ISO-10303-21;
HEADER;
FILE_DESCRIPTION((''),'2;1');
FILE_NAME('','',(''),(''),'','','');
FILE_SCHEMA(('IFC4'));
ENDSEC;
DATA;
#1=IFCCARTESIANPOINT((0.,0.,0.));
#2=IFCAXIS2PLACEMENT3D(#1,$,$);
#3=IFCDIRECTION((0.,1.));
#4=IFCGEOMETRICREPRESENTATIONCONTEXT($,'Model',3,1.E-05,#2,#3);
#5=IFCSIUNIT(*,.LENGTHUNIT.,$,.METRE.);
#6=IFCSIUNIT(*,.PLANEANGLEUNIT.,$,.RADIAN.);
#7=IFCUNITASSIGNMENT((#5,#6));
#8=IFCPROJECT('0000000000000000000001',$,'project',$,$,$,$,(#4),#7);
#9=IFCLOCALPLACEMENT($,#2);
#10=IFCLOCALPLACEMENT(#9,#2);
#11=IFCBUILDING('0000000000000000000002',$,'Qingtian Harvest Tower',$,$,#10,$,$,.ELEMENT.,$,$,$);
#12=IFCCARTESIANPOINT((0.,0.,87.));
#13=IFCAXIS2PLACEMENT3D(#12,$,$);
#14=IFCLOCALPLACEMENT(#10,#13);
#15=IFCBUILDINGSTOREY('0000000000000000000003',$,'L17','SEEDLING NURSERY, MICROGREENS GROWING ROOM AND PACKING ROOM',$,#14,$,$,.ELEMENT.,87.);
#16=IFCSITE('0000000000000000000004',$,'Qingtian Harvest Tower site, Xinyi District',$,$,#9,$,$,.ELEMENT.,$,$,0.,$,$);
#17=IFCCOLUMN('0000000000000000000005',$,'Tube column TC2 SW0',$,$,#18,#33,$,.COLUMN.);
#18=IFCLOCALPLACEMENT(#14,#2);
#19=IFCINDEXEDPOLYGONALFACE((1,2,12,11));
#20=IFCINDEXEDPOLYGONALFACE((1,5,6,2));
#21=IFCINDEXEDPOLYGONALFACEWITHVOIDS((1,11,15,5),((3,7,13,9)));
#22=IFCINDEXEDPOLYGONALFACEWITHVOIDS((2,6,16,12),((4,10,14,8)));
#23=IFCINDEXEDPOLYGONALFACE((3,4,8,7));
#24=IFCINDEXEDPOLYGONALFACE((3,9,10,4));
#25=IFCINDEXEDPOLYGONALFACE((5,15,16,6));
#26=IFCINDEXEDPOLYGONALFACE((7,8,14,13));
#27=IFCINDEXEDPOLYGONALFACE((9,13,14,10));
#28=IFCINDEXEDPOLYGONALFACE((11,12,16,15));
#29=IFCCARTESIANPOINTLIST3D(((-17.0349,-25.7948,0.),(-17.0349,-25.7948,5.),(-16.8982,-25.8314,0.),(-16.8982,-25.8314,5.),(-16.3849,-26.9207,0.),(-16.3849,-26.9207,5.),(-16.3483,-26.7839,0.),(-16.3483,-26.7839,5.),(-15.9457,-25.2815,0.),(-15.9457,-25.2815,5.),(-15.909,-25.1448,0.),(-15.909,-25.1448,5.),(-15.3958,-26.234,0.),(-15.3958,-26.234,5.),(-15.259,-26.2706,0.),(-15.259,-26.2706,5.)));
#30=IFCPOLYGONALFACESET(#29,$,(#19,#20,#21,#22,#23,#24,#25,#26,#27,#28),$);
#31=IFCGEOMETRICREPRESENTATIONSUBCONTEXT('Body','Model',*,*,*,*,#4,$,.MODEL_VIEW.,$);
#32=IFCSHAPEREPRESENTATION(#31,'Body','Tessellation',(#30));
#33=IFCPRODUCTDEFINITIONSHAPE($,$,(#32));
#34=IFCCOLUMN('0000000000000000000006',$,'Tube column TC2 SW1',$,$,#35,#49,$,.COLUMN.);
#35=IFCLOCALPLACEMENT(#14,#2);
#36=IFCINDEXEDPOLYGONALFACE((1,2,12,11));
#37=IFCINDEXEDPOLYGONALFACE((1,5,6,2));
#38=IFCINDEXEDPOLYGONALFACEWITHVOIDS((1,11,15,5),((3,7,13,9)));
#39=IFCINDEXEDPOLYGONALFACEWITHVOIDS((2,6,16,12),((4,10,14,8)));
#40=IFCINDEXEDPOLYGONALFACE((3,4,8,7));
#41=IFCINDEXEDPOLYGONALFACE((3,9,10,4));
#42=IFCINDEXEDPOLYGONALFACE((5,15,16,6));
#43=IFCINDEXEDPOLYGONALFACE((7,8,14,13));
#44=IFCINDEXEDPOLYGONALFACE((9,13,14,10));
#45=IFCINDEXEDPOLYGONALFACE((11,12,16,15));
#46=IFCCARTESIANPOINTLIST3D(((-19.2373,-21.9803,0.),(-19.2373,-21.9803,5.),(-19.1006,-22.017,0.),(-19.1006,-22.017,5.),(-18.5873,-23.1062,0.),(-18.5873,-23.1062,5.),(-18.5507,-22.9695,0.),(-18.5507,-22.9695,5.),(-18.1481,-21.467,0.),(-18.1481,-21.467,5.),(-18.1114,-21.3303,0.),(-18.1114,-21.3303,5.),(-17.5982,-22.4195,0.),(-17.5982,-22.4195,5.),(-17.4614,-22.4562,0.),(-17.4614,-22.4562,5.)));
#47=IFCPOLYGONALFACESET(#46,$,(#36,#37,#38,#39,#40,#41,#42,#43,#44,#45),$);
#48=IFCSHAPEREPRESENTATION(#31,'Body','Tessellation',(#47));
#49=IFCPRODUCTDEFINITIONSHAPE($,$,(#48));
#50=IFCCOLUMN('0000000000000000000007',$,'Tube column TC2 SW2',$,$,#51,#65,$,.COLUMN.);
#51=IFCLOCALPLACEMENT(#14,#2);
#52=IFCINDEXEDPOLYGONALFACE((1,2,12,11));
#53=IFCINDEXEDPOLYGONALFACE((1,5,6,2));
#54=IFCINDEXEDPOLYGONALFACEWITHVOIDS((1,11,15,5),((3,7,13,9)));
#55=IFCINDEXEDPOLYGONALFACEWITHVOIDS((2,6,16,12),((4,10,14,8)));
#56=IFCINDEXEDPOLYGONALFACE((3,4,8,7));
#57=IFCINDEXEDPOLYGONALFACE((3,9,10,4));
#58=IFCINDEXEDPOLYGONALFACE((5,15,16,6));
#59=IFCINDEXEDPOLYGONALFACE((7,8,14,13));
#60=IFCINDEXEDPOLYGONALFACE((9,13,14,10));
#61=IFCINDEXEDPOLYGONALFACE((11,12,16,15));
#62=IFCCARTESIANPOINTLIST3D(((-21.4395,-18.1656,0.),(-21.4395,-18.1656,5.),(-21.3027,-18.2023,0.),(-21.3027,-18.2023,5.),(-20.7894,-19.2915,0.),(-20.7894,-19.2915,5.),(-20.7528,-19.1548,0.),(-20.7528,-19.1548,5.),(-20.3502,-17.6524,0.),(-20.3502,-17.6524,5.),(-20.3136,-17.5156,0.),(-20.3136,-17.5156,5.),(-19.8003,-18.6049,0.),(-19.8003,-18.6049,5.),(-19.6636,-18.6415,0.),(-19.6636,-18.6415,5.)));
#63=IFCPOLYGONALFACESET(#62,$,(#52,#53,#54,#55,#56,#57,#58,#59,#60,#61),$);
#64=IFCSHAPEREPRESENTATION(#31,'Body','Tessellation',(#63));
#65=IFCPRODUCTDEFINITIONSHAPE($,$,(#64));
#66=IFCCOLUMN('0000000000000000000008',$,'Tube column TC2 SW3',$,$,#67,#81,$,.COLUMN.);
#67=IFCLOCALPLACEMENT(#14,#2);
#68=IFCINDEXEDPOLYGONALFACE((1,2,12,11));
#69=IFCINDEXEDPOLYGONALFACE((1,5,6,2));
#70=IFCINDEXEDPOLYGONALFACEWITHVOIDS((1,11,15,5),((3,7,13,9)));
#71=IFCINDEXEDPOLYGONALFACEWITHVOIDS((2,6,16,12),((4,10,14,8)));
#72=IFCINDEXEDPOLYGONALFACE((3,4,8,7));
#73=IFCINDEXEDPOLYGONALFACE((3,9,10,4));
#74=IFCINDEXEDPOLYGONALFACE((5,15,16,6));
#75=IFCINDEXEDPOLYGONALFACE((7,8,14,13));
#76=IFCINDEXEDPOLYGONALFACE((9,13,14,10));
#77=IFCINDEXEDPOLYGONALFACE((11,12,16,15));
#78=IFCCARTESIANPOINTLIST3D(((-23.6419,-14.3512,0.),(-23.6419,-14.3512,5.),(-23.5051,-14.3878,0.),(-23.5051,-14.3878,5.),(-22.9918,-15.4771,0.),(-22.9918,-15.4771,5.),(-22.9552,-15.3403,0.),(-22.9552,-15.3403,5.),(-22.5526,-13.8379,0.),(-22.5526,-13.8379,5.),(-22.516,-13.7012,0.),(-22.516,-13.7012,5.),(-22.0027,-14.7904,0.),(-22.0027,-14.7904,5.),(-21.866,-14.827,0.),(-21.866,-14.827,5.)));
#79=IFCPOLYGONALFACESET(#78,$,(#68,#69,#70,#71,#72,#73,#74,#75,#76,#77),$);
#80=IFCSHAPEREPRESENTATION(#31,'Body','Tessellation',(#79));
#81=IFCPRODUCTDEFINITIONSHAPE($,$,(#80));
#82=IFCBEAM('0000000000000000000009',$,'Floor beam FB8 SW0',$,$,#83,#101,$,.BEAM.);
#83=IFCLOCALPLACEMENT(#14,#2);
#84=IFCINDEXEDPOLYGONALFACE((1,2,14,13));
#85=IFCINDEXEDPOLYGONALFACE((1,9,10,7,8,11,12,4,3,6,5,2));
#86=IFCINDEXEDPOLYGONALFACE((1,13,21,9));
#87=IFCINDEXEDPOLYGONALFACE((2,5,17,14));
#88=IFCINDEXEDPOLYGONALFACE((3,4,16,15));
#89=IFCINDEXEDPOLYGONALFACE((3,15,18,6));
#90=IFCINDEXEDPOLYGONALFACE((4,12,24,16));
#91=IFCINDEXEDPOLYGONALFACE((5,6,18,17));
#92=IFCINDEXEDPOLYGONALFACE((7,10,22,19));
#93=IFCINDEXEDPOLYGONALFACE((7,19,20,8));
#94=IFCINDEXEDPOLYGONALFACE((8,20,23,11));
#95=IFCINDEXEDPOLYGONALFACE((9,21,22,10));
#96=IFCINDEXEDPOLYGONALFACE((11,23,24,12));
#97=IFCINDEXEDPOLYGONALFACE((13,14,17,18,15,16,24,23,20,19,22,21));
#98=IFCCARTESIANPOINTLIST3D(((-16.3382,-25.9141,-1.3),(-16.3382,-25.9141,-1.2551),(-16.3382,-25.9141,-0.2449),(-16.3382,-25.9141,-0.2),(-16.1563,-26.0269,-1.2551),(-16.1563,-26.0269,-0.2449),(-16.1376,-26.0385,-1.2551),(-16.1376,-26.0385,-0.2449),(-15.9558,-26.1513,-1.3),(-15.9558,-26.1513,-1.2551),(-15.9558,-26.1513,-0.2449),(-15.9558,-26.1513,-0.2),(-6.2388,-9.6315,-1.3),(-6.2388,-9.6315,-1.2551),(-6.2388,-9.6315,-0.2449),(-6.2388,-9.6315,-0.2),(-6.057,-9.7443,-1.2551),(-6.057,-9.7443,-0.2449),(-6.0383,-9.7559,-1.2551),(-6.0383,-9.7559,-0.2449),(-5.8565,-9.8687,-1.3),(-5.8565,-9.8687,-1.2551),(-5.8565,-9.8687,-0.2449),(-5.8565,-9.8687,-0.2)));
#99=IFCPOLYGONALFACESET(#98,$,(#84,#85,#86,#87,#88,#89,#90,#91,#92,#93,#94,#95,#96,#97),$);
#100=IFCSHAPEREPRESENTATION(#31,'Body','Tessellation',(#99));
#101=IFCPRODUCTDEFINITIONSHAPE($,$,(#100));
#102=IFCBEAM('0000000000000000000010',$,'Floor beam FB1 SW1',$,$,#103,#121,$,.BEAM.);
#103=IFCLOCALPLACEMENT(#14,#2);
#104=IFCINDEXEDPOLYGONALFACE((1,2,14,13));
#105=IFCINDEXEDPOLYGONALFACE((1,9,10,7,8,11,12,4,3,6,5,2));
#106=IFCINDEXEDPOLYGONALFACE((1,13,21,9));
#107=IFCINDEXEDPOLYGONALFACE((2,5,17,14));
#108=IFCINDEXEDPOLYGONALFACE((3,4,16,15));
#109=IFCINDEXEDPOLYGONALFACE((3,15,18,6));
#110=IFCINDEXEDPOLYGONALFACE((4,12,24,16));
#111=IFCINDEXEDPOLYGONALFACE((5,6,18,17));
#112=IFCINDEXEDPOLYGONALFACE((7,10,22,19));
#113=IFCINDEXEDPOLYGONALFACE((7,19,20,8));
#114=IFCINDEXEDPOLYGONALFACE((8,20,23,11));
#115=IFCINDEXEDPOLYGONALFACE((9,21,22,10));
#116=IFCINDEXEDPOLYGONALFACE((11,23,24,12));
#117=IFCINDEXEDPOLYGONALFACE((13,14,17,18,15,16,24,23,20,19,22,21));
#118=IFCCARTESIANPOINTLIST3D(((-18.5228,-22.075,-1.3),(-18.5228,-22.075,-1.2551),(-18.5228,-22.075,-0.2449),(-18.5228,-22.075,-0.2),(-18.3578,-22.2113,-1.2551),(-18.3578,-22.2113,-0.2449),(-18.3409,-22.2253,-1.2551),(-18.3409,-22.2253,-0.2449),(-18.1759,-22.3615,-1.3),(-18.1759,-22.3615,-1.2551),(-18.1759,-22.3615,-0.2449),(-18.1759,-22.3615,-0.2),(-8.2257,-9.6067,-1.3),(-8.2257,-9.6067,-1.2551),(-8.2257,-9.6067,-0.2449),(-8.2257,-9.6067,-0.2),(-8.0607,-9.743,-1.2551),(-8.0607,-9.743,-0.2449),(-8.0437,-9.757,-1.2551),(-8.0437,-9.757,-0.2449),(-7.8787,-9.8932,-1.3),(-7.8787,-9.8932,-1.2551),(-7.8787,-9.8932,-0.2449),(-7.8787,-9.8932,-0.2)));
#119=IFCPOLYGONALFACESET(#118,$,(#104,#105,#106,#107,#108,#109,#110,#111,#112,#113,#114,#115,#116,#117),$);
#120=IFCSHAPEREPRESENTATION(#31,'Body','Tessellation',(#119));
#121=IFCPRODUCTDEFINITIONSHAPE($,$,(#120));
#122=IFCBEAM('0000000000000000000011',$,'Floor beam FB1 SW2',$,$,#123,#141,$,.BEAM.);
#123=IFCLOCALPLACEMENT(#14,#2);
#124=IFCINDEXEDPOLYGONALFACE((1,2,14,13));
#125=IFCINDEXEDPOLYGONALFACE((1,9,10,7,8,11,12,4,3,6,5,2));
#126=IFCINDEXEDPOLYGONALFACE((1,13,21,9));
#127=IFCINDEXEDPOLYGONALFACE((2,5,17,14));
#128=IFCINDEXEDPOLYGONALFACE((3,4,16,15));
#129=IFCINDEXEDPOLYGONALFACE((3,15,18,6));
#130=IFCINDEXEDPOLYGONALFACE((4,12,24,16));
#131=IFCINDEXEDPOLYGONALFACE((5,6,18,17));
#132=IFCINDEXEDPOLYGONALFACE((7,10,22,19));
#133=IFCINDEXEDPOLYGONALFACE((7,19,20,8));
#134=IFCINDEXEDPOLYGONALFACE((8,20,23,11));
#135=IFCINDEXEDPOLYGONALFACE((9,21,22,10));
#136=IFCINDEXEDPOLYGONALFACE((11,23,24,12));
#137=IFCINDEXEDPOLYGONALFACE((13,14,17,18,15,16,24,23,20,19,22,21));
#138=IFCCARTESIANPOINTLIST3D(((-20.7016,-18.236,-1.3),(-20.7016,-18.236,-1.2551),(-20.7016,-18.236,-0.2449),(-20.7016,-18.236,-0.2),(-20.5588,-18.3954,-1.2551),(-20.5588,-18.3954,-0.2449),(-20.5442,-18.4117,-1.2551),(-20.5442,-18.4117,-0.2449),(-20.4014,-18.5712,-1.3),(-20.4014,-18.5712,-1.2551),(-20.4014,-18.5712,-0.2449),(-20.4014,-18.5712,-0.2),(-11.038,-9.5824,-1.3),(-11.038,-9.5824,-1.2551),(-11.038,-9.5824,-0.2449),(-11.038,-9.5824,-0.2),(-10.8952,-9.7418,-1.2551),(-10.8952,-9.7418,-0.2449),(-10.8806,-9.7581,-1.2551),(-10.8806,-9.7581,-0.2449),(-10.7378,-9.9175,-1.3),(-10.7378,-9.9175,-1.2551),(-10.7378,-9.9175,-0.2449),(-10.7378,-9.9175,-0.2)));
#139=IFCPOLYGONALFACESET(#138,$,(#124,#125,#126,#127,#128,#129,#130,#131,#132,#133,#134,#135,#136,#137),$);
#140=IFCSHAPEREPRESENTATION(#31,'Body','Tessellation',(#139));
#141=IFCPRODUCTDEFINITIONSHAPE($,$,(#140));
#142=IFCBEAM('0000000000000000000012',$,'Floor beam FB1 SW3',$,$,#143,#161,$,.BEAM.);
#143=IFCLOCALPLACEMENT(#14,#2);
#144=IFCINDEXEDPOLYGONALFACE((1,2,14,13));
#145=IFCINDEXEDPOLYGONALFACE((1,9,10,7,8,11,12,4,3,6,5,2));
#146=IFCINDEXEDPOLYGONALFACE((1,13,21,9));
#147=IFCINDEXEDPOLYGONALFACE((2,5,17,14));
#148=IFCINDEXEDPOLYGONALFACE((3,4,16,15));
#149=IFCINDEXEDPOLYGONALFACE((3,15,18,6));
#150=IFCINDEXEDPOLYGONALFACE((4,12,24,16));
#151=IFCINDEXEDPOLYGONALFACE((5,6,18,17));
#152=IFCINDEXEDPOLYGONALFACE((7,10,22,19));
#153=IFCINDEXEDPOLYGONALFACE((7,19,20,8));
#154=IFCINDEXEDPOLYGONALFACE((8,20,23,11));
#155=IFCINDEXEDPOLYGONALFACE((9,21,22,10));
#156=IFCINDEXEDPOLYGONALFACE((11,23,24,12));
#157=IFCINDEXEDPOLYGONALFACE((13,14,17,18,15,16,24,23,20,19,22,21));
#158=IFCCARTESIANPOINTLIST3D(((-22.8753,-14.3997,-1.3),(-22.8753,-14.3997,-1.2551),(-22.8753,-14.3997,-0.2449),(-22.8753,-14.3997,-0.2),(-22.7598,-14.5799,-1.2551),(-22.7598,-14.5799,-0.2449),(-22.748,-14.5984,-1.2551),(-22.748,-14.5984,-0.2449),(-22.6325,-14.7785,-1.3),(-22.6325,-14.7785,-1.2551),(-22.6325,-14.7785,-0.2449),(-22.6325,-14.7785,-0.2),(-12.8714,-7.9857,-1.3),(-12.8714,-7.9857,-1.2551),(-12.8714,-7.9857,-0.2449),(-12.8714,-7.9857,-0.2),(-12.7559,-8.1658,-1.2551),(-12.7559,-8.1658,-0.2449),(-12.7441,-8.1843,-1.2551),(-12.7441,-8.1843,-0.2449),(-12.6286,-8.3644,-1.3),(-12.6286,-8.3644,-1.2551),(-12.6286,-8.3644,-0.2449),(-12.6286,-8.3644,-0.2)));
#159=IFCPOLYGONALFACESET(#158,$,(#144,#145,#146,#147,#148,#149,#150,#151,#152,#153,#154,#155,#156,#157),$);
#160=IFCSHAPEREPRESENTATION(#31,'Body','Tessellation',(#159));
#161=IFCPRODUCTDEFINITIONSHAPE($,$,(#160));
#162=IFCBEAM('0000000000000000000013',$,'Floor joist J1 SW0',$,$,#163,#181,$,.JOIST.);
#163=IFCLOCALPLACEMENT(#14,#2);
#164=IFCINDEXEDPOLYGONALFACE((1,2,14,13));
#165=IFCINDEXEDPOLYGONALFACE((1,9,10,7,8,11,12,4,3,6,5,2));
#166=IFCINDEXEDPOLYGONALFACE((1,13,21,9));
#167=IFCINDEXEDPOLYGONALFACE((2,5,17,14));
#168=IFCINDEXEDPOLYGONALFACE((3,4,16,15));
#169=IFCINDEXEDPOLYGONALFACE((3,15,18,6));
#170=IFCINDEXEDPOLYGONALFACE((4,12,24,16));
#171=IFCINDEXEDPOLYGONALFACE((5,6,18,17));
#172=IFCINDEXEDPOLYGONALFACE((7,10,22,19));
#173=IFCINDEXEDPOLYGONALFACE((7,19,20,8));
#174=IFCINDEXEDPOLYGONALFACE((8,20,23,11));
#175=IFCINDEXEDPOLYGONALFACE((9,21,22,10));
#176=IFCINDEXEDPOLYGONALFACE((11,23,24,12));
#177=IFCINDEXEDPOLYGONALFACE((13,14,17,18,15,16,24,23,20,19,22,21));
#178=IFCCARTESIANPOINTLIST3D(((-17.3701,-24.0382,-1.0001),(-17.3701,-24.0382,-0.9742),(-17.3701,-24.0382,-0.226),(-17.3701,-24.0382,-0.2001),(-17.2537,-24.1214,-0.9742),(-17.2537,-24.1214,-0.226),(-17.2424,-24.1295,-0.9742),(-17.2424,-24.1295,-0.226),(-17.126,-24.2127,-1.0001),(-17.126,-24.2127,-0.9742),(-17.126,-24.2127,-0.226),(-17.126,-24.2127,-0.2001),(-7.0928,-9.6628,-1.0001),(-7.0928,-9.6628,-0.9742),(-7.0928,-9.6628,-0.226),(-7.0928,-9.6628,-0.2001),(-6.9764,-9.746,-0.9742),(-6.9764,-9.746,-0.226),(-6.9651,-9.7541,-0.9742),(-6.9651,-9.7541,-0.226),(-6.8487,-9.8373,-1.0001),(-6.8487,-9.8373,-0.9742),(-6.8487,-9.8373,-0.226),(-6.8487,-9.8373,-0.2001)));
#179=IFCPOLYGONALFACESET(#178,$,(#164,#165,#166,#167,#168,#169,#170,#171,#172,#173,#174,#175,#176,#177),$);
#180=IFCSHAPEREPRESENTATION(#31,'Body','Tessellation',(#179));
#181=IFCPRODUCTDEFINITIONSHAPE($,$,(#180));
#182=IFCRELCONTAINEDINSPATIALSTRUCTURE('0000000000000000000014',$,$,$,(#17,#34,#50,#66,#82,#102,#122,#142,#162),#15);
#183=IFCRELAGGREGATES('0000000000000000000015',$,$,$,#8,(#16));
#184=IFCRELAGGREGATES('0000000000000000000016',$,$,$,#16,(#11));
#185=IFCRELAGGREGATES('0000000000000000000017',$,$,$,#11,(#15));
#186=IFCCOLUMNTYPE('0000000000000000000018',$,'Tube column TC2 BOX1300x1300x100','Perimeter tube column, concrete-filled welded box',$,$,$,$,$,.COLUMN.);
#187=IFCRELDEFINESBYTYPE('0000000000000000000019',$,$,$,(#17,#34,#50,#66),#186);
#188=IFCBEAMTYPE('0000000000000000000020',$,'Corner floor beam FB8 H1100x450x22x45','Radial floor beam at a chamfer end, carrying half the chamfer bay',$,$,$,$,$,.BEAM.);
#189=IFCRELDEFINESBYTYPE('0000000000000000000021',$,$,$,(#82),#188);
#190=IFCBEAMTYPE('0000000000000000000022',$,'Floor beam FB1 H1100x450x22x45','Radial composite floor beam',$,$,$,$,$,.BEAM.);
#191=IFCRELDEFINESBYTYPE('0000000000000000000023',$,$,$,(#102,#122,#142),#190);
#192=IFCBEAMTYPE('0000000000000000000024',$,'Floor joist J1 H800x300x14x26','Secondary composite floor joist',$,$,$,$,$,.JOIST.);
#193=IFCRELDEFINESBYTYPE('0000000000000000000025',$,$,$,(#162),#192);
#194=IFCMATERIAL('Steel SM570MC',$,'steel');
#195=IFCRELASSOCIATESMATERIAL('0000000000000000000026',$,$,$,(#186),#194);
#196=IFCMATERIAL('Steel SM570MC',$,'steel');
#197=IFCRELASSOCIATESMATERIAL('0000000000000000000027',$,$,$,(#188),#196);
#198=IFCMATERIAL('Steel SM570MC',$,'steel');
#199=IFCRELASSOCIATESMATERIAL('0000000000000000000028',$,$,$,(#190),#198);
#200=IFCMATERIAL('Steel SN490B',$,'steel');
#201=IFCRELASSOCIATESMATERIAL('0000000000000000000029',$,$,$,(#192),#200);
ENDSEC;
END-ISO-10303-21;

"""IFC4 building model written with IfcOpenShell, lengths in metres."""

from ifc_helpers import new_model, si_unit, direction, frame, origin, origin_2d, place, context, subcontext, project, spatial, hollow_rectangle, i_section, extrude, material, material_profile, profile_set, type_object, element, save


model = new_model("IFC4")

# Units and contexts
model_context = context("Model", 3, precision=1e-05, world=origin(), true_north=direction((0.0, 1.0)))
body_context = subcontext(model_context, "Body", "Model", "MODEL_VIEW")
ifc_project = project(units=[si_unit("LENGTHUNIT", "METRE"), si_unit("PLANEANGLEUNIT", "RADIAN")], contexts=[model_context])

# Site, building, storey
site_placement = place(None, origin())
site = spatial("IfcSite", under=ifc_project, at=site_placement, Name="Qingtian Harvest Tower site, Xinyi District", CompositionType="ELEMENT", RefElevation=0.0)
building_placement = place(site_placement, origin())
building = spatial("IfcBuilding", under=site, at=building_placement, Name="Qingtian Harvest Tower", CompositionType="ELEMENT")
storey_placement = place(building_placement, frame((0.0, 0.0, 87.0)))
storey = spatial("IfcBuildingStorey", under=building, at=storey_placement, Name="L17", Description="SEEDLING NURSERY, MICROGREENS GROWING ROOM AND PACKING ROOM", CompositionType="ELEMENT", Elevation=87.0)

# Columns
ifc_material_1 = material(Name="Steel SM570MC", Category="steel")
ifc_material_profile_1 = material_profile(ifc_material_1, hollow_rectangle(XDim=1.3, YDim=1.3, WallThickness=0.1001, at=origin_2d()), Name="BOX1300x1300x100")
ifc_profile_set_1 = profile_set([ifc_material_profile_1], Name="Steel SM570MC")
column_type = type_object("IfcColumnType", Name="Tube column TC2 BOX1300x1300x100", Description="Perimeter tube column, concrete-filled welded box", PredefinedType="COLUMN", material=ifc_profile_set_1)
for number, where, z_axis, x_axis, name in (
    (1, (-16.147, -26.0327, 0.0), (0.0, 0.0, 1.0), (0.5, -0.866025, 0.0), "Tube column TC2 SW0"),
    (2, (-18.3494, -22.2183, 0.0), (0.0, 0.0, 1.0), (0.5, -0.866025, 0.0), "Tube column TC2 SW1"),
    (3, (-20.5515, -18.4036, 0.0), (0.0, 0.0, 1.0), (0.5, -0.866025, 0.0), "Tube column TC2 SW2"),
    (4, (-22.7539, -14.5891, 0.0), (0.0, 0.0, 1.0), (0.5, -0.866025, 0.0), "Tube column TC2 SW3"),
):
    element("IfcColumn", number, at=place(storey_placement, frame(where, z_axis=z_axis, x_axis=x_axis)), inside=storey, type_object=column_type, Name=name, PredefinedType="COLUMN", context=body_context, shape_type="SweptSolid", body=[
        extrude(hollow_rectangle(XDim=1.3, YDim=1.3, WallThickness=0.1001, at=origin_2d()), origin(), (0.0, 0.0, 1.0), 5.0),
    ])

# Beams
ifc_material_2 = material(Name="Steel SM570MC", Category="steel")
ifc_material_profile_2 = material_profile(ifc_material_2, i_section(OverallWidth=0.45, OverallDepth=1.1001, WebThickness=0.022, FlangeThickness=0.0449, at=origin_2d()), Name="H1100x450x22x45")
ifc_profile_set_2 = profile_set([ifc_material_profile_2], Name="Steel SM570MC")
beam_type_1 = type_object("IfcBeamType", Name="Corner floor beam FB8 H1100x450x22x45", Description="Radial floor beam at a chamfer end, carrying half the chamfer bay", PredefinedType="BEAM", material=ifc_profile_set_2)
beam_1_placement = place(storey_placement, frame((-16.147, -26.0327, -0.75), z_axis=(0.527094, 0.849807, 0.0), x_axis=(-0.849807, 0.527094, 0.0)))
element("IfcBeam", 5, at=beam_1_placement, inside=storey, type_object=beam_type_1, Name="Floor beam FB8 SW0", PredefinedType="BEAM", context=body_context, shape_type="SweptSolid", body=[
    extrude(i_section(OverallWidth=0.45, OverallDepth=1.1001, WebThickness=0.022, FlangeThickness=0.0449, at=origin_2d()), origin(), (0.0, 0.0, 1.0), 19.1604),
])
ifc_material_3 = material(Name="Steel SM570MC", Category="steel")
ifc_material_profile_3 = material_profile(ifc_material_3, i_section(OverallWidth=0.45, OverallDepth=1.1001, WebThickness=0.022, FlangeThickness=0.0449, at=origin_2d()), Name="H1100x450x22x45")
ifc_profile_set_3 = profile_set([ifc_material_profile_3], Name="Steel SM570MC")
beam_type_2 = type_object("IfcBeamType", Name="Floor beam FB1 H1100x450x22x45", Description="Radial composite floor beam", PredefinedType="BEAM", material=ifc_profile_set_3)
beam_2_placement = place(storey_placement, frame((-18.3494, -22.2183, -0.75), z_axis=(0.63678, 0.771045, 0.0), x_axis=(-0.771045, 0.63678, 0.0)))
element("IfcBeam", 6, at=beam_2_placement, inside=storey, type_object=beam_type_2, Name="Floor beam FB1 SW1", PredefinedType="BEAM", context=body_context, shape_type="SweptSolid", body=[
    extrude(i_section(OverallWidth=0.45, OverallDepth=1.1001, WebThickness=0.022, FlangeThickness=0.0449, at=origin_2d()), origin(), (0.0, 0.0, 1.0), 16.1707),
])
beam_3_placement = place(storey_placement, frame((-20.5515, -18.4036, -0.75), z_axis=(0.744965, 0.667103, 0.0), x_axis=(-0.667103, 0.744965, 0.0)))
element("IfcBeam", 7, at=beam_3_placement, inside=storey, type_object=beam_type_2, Name="Floor beam FB1 SW2", PredefinedType="BEAM", context=body_context, shape_type="SweptSolid", body=[
    extrude(i_section(OverallWidth=0.45, OverallDepth=1.1001, WebThickness=0.022, FlangeThickness=0.0449, at=origin_2d()), origin(), (0.0, 0.0, 1.0), 12.9719),
])
beam_4_placement = place(storey_placement, frame((-22.7539, -14.5891, -0.75), z_axis=(0.841829, 0.539744, 0.0), x_axis=(-0.539744, 0.841829, 0.0)))
element("IfcBeam", 8, at=beam_4_placement, inside=storey, type_object=beam_type_2, Name="Floor beam FB1 SW3", PredefinedType="BEAM", context=body_context, shape_type="SweptSolid", body=[
    extrude(i_section(OverallWidth=0.45, OverallDepth=1.1001, WebThickness=0.022, FlangeThickness=0.0449, at=origin_2d()), origin(), (0.0, 0.0, 1.0), 11.8835),
])
ifc_material_4 = material(Name="Steel SN490B", Category="steel")
ifc_material_profile_4 = material_profile(ifc_material_4, i_section(OverallWidth=0.3, OverallDepth=0.8, WebThickness=0.0139, FlangeThickness=0.0259, at=origin_2d()), Name="H800x300x14x26")
ifc_profile_set_4 = profile_set([ifc_material_profile_4], Name="Steel SN490B")
beam_type_3 = type_object("IfcBeamType", Name="Floor joist J1 H800x300x14x26", Description="Secondary composite floor joist", PredefinedType="JOIST", material=ifc_profile_set_4)
beam_5_placement = place(storey_placement, frame((-17.248, -24.1255, -0.6001), z_axis=(0.581581, 0.813489, 0.0), x_axis=(-0.813489, 0.581581, 0.0)))
element("IfcBeam", 9, at=beam_5_placement, inside=storey, type_object=beam_type_3, Name="Floor joist J1 SW0", PredefinedType="JOIST", context=body_context, shape_type="SweptSolid", body=[
    extrude(i_section(OverallWidth=0.3, OverallDepth=0.8, WebThickness=0.0139, FlangeThickness=0.0259, at=origin_2d()), origin(), (0.0, 0.0, 1.0), 17.6714),
])

save(model, "model.ifc")
